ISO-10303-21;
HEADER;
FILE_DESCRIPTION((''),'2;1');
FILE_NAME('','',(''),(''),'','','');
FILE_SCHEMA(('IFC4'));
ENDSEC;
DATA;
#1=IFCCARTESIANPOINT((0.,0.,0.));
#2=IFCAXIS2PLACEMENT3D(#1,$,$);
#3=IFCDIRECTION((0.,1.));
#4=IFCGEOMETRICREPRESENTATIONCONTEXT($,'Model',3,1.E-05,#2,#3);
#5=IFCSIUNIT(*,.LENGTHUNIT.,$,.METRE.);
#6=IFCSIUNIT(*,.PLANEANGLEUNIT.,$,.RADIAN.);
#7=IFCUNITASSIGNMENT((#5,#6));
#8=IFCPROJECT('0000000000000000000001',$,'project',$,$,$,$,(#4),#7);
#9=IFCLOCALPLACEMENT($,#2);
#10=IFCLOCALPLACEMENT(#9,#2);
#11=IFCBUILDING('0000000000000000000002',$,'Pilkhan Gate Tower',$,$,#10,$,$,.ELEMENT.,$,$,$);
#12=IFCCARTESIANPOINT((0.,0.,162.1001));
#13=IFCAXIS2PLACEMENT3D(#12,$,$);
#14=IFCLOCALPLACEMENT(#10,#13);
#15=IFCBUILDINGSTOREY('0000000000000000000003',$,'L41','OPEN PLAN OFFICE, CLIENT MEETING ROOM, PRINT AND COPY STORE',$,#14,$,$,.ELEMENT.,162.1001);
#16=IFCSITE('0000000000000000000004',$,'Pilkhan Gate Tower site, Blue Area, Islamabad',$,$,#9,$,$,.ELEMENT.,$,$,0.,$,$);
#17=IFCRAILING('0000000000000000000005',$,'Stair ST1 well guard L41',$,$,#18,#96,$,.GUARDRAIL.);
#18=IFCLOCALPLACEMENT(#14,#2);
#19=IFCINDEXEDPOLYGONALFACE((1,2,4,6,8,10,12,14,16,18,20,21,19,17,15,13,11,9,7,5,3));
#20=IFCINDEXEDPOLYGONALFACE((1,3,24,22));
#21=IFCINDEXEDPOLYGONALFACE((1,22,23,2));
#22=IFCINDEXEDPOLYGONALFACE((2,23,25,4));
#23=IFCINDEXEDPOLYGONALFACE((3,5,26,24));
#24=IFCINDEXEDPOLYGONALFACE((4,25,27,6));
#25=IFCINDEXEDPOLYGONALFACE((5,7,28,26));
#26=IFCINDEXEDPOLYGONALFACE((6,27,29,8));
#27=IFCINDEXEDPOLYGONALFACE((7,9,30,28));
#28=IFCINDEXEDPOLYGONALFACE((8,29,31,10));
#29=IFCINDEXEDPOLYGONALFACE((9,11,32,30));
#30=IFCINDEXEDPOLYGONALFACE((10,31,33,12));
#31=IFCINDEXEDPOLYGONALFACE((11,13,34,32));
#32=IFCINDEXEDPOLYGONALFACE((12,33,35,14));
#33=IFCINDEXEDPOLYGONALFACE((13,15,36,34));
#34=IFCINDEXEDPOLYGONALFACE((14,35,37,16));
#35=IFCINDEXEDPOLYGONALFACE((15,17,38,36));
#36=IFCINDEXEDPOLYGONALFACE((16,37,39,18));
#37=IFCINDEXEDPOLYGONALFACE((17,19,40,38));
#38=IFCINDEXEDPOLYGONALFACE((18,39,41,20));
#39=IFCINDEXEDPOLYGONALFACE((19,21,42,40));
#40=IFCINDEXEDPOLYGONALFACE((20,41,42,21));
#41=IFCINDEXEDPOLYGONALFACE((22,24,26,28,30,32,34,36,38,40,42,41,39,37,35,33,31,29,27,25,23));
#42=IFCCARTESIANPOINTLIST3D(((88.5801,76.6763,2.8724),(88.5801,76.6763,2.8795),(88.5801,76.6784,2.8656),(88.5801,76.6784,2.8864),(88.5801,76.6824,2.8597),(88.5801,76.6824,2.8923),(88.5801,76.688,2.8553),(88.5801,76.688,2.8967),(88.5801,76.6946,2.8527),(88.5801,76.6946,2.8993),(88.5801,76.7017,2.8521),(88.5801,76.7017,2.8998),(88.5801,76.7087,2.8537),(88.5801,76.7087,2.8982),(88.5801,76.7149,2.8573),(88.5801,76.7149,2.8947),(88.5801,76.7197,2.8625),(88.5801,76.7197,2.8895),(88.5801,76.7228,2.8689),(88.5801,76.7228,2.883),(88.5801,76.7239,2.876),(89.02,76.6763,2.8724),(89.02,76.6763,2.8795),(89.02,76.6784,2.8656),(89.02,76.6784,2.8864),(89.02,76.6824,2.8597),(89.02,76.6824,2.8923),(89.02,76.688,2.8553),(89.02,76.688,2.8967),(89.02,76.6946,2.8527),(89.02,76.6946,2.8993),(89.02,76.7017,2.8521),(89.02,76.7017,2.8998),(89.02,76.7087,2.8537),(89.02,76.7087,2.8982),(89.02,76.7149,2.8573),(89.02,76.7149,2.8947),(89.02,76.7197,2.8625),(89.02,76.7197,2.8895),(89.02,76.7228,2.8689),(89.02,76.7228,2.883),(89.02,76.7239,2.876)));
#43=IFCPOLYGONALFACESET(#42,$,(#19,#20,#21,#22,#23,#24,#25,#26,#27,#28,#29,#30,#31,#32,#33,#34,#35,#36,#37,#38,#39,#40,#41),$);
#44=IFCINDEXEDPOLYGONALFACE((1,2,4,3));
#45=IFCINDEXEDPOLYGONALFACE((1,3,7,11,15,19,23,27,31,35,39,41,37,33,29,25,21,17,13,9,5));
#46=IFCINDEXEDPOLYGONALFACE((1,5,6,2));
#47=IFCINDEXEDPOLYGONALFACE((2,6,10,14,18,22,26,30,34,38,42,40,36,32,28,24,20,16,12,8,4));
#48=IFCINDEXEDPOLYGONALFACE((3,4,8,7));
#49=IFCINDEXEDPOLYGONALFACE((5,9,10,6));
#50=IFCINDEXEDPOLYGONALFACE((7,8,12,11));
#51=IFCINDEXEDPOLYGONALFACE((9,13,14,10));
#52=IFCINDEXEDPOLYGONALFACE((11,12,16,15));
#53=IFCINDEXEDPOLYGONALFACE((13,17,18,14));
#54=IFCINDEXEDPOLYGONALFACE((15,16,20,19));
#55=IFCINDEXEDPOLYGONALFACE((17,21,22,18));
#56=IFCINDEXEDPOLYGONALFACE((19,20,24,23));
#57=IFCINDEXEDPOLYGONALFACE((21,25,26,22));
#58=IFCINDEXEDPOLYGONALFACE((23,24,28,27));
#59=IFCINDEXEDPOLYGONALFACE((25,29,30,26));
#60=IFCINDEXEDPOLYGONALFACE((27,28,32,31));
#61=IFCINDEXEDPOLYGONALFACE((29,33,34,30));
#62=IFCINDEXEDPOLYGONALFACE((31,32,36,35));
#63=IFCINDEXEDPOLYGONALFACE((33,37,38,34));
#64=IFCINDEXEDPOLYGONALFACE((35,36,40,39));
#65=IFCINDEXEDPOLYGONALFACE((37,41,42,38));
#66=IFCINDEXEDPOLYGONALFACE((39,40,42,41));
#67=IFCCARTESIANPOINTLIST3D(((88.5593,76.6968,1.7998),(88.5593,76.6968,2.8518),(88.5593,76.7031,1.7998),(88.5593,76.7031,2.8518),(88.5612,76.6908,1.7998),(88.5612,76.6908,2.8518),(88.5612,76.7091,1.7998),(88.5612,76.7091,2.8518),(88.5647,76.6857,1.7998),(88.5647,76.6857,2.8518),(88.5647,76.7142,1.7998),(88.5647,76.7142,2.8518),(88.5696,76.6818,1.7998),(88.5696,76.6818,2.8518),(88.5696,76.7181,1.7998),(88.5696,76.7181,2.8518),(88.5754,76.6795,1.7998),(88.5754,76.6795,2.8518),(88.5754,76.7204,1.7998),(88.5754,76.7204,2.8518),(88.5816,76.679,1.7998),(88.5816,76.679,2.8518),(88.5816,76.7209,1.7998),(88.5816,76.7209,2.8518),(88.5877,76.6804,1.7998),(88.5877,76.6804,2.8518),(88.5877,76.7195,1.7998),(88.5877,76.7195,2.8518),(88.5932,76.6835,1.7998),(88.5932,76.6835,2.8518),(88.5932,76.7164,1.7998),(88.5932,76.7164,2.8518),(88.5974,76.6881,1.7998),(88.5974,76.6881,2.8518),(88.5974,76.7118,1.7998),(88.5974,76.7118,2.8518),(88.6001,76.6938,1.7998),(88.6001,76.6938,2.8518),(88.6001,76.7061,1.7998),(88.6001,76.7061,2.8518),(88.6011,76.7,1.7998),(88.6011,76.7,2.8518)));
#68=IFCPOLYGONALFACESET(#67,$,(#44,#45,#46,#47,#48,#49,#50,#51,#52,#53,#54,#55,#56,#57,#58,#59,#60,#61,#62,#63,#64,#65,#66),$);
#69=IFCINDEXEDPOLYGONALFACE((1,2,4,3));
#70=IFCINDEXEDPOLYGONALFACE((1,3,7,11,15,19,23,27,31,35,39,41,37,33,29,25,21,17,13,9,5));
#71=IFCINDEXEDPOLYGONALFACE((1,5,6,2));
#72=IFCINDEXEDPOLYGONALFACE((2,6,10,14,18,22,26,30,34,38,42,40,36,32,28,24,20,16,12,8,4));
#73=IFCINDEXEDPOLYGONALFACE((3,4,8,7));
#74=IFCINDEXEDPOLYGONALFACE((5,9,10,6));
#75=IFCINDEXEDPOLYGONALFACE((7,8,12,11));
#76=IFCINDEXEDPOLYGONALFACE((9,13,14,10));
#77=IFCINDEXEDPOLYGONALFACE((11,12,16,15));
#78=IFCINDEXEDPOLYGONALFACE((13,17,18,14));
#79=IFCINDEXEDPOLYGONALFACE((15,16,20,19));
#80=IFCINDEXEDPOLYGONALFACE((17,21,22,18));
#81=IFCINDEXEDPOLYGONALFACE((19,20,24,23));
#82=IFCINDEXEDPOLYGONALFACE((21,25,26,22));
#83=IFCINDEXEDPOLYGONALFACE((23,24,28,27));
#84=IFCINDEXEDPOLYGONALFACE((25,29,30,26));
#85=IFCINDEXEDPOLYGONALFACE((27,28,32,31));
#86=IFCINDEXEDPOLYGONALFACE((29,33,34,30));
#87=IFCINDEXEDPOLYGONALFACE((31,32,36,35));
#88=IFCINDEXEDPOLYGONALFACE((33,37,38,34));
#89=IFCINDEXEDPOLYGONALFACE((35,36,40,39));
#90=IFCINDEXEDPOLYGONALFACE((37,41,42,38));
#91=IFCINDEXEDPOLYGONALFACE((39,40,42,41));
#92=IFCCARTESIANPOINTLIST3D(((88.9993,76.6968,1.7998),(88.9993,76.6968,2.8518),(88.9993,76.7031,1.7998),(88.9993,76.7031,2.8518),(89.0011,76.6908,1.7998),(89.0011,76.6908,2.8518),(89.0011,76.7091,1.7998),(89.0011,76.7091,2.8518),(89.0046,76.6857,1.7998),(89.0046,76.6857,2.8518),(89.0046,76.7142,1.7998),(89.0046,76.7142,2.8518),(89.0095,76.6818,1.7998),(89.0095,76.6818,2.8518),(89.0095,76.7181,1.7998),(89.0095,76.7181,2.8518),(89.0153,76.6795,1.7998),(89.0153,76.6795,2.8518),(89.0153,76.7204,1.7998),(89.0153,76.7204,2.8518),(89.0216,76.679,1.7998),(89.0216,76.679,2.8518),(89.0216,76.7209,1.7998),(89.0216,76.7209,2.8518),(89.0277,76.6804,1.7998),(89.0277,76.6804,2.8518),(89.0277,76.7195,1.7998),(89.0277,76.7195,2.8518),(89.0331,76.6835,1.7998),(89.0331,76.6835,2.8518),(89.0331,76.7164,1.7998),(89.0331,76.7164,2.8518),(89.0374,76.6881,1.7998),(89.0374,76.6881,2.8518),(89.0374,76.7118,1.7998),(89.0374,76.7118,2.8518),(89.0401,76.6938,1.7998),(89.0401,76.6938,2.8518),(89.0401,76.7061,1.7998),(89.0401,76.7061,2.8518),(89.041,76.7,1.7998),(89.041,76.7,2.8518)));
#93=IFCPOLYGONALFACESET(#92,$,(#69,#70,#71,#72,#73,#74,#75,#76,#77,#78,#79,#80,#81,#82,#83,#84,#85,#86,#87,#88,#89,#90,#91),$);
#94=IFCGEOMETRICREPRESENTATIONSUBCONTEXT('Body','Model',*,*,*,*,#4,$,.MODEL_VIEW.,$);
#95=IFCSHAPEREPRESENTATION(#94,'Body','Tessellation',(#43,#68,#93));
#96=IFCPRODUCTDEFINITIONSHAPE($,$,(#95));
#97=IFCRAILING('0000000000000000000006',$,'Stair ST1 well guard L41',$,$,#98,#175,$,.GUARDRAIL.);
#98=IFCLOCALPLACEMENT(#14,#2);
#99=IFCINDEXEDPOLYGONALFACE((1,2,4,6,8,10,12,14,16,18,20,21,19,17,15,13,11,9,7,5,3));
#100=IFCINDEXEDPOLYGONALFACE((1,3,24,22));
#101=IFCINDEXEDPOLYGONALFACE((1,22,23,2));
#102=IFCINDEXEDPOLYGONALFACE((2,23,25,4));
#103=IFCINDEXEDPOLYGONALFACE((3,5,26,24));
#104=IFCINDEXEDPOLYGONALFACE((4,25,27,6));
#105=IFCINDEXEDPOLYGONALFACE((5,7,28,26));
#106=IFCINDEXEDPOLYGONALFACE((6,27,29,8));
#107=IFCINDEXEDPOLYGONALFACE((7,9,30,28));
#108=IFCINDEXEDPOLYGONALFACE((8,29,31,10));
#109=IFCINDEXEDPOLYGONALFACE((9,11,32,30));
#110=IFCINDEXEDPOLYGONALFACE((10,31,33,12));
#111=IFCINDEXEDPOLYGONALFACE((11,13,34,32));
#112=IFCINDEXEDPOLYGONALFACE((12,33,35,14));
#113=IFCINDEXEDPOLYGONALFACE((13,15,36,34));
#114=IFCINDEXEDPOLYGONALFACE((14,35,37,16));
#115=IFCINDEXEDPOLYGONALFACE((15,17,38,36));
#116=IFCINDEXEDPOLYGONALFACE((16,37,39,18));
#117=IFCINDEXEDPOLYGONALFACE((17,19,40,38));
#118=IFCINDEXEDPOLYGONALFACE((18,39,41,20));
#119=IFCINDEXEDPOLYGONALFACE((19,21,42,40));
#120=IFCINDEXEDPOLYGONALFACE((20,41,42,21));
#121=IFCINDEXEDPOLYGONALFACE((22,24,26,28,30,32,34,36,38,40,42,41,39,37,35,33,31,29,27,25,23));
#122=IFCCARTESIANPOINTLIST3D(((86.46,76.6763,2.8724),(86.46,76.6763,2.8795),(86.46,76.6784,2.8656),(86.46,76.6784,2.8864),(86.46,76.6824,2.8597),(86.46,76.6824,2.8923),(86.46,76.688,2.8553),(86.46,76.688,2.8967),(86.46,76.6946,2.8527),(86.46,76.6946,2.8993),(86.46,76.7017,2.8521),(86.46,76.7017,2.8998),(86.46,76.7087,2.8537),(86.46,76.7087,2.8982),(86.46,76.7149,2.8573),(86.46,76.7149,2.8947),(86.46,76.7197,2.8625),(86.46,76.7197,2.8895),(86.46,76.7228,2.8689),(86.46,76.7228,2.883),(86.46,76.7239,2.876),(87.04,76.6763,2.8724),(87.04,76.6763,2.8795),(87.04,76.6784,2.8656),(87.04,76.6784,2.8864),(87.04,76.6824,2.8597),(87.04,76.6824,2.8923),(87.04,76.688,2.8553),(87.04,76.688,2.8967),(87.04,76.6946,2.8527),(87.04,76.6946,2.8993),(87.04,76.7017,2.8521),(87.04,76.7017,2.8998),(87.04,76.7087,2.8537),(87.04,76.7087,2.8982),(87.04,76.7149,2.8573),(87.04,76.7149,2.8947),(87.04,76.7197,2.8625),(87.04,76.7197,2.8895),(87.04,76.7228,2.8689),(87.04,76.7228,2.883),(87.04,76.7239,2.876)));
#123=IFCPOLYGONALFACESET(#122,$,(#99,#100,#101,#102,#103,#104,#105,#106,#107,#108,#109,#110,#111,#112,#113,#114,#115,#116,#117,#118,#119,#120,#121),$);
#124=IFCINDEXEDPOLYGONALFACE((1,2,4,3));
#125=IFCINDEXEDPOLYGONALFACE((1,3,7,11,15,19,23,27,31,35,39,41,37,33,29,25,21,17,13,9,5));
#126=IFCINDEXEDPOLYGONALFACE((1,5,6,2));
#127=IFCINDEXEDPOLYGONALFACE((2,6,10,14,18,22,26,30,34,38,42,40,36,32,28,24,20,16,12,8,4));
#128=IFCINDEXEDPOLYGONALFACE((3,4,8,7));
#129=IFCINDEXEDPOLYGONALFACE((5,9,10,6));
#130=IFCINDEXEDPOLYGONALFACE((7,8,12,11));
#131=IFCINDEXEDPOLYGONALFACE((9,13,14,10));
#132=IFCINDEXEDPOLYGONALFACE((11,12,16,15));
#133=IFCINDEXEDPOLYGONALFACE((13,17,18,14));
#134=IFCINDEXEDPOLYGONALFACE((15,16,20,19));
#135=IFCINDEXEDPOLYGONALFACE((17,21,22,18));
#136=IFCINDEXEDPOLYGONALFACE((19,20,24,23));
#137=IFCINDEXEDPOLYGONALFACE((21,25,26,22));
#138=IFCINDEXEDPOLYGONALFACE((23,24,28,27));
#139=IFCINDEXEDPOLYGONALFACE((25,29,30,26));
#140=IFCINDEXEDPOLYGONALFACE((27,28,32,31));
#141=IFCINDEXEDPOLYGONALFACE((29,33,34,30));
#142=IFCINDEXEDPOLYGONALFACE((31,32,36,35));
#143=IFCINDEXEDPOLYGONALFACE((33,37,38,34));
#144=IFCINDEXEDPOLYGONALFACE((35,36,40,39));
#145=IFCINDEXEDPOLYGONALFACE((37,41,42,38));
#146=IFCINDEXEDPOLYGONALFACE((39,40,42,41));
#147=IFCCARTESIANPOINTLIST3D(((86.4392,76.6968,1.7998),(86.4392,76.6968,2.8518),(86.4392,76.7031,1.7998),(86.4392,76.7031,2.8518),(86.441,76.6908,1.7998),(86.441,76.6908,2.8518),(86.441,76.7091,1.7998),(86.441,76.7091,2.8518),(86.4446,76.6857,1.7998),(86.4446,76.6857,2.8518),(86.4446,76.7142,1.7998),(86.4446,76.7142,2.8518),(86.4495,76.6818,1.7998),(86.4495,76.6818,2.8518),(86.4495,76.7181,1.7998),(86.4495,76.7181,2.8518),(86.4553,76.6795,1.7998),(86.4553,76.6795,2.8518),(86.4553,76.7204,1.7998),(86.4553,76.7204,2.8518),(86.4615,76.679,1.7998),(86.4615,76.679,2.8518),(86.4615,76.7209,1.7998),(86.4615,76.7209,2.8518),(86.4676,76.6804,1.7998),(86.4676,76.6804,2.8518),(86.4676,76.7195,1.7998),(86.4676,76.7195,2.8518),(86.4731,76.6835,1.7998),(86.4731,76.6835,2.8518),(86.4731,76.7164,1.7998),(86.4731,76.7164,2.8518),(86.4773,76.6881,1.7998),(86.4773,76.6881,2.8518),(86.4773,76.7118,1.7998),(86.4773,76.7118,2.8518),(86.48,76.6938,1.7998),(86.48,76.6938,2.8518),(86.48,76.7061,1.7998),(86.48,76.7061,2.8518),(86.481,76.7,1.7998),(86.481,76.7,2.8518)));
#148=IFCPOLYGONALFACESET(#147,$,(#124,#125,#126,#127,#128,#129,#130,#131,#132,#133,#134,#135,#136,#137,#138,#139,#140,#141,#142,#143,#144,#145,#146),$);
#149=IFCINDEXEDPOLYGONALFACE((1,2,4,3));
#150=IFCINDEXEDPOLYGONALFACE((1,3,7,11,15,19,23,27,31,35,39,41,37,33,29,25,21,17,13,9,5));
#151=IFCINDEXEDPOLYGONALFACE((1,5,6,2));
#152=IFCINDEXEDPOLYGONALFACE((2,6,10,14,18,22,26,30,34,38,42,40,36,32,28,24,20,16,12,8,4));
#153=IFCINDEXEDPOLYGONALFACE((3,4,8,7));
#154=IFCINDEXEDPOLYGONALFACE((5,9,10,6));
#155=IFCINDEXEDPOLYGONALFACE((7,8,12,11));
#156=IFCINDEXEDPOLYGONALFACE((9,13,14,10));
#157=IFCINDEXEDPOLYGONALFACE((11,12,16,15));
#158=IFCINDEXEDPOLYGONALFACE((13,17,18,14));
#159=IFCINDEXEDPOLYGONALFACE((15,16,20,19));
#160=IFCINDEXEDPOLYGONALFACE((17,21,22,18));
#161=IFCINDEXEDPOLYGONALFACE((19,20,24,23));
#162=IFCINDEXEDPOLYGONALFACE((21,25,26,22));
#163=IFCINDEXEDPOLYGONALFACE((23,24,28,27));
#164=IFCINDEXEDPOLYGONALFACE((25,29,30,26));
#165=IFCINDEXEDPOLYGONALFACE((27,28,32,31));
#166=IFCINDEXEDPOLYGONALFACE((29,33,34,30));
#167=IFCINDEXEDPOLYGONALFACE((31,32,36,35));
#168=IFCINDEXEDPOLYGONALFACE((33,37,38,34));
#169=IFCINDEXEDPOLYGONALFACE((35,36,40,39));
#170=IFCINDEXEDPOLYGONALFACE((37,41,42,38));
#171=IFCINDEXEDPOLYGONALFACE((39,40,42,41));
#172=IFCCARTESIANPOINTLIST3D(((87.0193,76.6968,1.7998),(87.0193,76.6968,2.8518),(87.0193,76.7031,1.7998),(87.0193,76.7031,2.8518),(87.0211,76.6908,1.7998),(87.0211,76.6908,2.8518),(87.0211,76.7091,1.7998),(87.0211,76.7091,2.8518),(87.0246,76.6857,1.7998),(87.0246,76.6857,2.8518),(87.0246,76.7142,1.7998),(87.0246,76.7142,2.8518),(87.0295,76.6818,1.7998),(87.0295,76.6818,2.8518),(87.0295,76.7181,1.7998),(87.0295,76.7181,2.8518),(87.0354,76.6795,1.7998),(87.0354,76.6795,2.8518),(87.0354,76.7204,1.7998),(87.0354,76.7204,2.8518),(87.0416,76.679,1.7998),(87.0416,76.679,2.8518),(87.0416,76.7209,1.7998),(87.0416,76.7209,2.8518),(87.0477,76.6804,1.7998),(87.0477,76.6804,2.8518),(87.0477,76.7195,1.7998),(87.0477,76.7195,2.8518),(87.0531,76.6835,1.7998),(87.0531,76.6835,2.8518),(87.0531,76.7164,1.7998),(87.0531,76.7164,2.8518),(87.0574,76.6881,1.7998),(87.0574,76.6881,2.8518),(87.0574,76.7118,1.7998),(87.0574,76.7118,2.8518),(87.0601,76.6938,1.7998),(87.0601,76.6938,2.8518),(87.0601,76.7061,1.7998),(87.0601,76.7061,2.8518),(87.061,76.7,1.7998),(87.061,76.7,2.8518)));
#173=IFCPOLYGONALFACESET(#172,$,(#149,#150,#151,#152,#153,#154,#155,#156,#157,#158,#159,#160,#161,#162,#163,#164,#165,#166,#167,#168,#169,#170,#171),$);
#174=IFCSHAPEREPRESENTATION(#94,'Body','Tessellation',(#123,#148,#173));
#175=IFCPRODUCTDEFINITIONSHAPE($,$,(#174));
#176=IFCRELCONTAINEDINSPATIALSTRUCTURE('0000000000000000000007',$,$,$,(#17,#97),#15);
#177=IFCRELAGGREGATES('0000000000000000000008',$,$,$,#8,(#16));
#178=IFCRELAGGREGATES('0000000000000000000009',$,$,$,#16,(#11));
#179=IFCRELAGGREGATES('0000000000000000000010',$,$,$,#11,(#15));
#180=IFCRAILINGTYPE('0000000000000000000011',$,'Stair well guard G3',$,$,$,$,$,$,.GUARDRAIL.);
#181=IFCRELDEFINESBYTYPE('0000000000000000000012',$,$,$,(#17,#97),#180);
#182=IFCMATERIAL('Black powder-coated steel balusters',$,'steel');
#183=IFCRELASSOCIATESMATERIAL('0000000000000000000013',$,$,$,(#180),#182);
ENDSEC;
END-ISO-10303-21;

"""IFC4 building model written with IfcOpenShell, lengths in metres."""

from ifc_helpers import new_model, si_unit, direction, frame, origin, origin_2d, place, context, subcontext, project, spatial, circle, extrude, material, type_object, element, save


model = new_model("IFC4")

# Units and contexts
model_context = context("Model", 3, precision=1e-05, world=origin(), true_north=direction((0.0, 1.0)))
body_context = subcontext(model_context, "Body", "Model", "MODEL_VIEW")
ifc_project = project(units=[si_unit("LENGTHUNIT", "METRE"), si_unit("PLANEANGLEUNIT", "RADIAN")], contexts=[model_context])

# Site, building, storey
site_placement = place(None, origin())
site = spatial("IfcSite", under=ifc_project, at=site_placement, Name="Pilkhan Gate Tower site, Blue Area, Islamabad", CompositionType="ELEMENT", RefElevation=0.0)
building_placement = place(site_placement, origin())
building = spatial("IfcBuilding", under=site, at=building_placement, Name="Pilkhan Gate Tower", CompositionType="ELEMENT")
storey_placement = place(building_placement, frame((0.0, 0.0, 162.1001)))
storey = spatial("IfcBuildingStorey", under=building, at=storey_placement, Name="L41", Description="OPEN PLAN OFFICE, CLIENT MEETING ROOM, PRINT AND COPY STORE", CompositionType="ELEMENT", Elevation=162.1001)

# Railings
ifc_material_1 = material(Name="Black powder-coated steel balusters", Category="steel")
railing_type_1 = type_object("IfcRailingType", Name="Stair well guard G3", PredefinedType="GUARDRAIL", material=ifc_material_1)
railing_1_placement = place(storey_placement, frame((88.5801, 76.7, 1.7998)))
element("IfcRailing", 1, at=railing_1_placement, inside=storey, type_object=railing_type_1, Name="Stair ST1 well guard L41", PredefinedType="GUARDRAIL", context=body_context, shape_type="SweptSolid", body=[
    extrude(circle(Radius=0.0239, at=origin_2d()), frame((0.0, 0.0, 1.0762), z_axis=(1.0, 0.0, 0.0), x_axis=(0.0, 1.0, 0.0)), (0.0, 0.0, 1.0), 0.4399),
    extrude(circle(Radius=0.021, at=origin_2d()), origin(), (0.0, 0.0, 1.0), 1.052),
    extrude(circle(Radius=0.021, at=origin_2d()), frame((0.4399, 0.0, 0.0)), (0.0, 0.0, 1.0), 1.052),
])
railing_2_placement = place(storey_placement, frame((86.46, 76.7, 1.7998)))
element("IfcRailing", 2, at=railing_2_placement, inside=storey, type_object=railing_type_1, Name="Stair ST1 well guard L41", PredefinedType="GUARDRAIL", context=body_context, shape_type="SweptSolid", body=[
    extrude(circle(Radius=0.0239, at=origin_2d()), frame((0.0, 0.0, 1.0762), z_axis=(1.0, 0.0, 0.0), x_axis=(0.0, 1.0, 0.0)), (0.0, 0.0, 1.0), 0.5801),
    extrude(circle(Radius=0.021, at=origin_2d()), origin(), (0.0, 0.0, 1.0), 1.052),
    extrude(circle(Radius=0.021, at=origin_2d()), frame((0.5801, 0.0, 0.0)), (0.0, 0.0, 1.0), 1.052),
])

save(model, "model.ifc")
